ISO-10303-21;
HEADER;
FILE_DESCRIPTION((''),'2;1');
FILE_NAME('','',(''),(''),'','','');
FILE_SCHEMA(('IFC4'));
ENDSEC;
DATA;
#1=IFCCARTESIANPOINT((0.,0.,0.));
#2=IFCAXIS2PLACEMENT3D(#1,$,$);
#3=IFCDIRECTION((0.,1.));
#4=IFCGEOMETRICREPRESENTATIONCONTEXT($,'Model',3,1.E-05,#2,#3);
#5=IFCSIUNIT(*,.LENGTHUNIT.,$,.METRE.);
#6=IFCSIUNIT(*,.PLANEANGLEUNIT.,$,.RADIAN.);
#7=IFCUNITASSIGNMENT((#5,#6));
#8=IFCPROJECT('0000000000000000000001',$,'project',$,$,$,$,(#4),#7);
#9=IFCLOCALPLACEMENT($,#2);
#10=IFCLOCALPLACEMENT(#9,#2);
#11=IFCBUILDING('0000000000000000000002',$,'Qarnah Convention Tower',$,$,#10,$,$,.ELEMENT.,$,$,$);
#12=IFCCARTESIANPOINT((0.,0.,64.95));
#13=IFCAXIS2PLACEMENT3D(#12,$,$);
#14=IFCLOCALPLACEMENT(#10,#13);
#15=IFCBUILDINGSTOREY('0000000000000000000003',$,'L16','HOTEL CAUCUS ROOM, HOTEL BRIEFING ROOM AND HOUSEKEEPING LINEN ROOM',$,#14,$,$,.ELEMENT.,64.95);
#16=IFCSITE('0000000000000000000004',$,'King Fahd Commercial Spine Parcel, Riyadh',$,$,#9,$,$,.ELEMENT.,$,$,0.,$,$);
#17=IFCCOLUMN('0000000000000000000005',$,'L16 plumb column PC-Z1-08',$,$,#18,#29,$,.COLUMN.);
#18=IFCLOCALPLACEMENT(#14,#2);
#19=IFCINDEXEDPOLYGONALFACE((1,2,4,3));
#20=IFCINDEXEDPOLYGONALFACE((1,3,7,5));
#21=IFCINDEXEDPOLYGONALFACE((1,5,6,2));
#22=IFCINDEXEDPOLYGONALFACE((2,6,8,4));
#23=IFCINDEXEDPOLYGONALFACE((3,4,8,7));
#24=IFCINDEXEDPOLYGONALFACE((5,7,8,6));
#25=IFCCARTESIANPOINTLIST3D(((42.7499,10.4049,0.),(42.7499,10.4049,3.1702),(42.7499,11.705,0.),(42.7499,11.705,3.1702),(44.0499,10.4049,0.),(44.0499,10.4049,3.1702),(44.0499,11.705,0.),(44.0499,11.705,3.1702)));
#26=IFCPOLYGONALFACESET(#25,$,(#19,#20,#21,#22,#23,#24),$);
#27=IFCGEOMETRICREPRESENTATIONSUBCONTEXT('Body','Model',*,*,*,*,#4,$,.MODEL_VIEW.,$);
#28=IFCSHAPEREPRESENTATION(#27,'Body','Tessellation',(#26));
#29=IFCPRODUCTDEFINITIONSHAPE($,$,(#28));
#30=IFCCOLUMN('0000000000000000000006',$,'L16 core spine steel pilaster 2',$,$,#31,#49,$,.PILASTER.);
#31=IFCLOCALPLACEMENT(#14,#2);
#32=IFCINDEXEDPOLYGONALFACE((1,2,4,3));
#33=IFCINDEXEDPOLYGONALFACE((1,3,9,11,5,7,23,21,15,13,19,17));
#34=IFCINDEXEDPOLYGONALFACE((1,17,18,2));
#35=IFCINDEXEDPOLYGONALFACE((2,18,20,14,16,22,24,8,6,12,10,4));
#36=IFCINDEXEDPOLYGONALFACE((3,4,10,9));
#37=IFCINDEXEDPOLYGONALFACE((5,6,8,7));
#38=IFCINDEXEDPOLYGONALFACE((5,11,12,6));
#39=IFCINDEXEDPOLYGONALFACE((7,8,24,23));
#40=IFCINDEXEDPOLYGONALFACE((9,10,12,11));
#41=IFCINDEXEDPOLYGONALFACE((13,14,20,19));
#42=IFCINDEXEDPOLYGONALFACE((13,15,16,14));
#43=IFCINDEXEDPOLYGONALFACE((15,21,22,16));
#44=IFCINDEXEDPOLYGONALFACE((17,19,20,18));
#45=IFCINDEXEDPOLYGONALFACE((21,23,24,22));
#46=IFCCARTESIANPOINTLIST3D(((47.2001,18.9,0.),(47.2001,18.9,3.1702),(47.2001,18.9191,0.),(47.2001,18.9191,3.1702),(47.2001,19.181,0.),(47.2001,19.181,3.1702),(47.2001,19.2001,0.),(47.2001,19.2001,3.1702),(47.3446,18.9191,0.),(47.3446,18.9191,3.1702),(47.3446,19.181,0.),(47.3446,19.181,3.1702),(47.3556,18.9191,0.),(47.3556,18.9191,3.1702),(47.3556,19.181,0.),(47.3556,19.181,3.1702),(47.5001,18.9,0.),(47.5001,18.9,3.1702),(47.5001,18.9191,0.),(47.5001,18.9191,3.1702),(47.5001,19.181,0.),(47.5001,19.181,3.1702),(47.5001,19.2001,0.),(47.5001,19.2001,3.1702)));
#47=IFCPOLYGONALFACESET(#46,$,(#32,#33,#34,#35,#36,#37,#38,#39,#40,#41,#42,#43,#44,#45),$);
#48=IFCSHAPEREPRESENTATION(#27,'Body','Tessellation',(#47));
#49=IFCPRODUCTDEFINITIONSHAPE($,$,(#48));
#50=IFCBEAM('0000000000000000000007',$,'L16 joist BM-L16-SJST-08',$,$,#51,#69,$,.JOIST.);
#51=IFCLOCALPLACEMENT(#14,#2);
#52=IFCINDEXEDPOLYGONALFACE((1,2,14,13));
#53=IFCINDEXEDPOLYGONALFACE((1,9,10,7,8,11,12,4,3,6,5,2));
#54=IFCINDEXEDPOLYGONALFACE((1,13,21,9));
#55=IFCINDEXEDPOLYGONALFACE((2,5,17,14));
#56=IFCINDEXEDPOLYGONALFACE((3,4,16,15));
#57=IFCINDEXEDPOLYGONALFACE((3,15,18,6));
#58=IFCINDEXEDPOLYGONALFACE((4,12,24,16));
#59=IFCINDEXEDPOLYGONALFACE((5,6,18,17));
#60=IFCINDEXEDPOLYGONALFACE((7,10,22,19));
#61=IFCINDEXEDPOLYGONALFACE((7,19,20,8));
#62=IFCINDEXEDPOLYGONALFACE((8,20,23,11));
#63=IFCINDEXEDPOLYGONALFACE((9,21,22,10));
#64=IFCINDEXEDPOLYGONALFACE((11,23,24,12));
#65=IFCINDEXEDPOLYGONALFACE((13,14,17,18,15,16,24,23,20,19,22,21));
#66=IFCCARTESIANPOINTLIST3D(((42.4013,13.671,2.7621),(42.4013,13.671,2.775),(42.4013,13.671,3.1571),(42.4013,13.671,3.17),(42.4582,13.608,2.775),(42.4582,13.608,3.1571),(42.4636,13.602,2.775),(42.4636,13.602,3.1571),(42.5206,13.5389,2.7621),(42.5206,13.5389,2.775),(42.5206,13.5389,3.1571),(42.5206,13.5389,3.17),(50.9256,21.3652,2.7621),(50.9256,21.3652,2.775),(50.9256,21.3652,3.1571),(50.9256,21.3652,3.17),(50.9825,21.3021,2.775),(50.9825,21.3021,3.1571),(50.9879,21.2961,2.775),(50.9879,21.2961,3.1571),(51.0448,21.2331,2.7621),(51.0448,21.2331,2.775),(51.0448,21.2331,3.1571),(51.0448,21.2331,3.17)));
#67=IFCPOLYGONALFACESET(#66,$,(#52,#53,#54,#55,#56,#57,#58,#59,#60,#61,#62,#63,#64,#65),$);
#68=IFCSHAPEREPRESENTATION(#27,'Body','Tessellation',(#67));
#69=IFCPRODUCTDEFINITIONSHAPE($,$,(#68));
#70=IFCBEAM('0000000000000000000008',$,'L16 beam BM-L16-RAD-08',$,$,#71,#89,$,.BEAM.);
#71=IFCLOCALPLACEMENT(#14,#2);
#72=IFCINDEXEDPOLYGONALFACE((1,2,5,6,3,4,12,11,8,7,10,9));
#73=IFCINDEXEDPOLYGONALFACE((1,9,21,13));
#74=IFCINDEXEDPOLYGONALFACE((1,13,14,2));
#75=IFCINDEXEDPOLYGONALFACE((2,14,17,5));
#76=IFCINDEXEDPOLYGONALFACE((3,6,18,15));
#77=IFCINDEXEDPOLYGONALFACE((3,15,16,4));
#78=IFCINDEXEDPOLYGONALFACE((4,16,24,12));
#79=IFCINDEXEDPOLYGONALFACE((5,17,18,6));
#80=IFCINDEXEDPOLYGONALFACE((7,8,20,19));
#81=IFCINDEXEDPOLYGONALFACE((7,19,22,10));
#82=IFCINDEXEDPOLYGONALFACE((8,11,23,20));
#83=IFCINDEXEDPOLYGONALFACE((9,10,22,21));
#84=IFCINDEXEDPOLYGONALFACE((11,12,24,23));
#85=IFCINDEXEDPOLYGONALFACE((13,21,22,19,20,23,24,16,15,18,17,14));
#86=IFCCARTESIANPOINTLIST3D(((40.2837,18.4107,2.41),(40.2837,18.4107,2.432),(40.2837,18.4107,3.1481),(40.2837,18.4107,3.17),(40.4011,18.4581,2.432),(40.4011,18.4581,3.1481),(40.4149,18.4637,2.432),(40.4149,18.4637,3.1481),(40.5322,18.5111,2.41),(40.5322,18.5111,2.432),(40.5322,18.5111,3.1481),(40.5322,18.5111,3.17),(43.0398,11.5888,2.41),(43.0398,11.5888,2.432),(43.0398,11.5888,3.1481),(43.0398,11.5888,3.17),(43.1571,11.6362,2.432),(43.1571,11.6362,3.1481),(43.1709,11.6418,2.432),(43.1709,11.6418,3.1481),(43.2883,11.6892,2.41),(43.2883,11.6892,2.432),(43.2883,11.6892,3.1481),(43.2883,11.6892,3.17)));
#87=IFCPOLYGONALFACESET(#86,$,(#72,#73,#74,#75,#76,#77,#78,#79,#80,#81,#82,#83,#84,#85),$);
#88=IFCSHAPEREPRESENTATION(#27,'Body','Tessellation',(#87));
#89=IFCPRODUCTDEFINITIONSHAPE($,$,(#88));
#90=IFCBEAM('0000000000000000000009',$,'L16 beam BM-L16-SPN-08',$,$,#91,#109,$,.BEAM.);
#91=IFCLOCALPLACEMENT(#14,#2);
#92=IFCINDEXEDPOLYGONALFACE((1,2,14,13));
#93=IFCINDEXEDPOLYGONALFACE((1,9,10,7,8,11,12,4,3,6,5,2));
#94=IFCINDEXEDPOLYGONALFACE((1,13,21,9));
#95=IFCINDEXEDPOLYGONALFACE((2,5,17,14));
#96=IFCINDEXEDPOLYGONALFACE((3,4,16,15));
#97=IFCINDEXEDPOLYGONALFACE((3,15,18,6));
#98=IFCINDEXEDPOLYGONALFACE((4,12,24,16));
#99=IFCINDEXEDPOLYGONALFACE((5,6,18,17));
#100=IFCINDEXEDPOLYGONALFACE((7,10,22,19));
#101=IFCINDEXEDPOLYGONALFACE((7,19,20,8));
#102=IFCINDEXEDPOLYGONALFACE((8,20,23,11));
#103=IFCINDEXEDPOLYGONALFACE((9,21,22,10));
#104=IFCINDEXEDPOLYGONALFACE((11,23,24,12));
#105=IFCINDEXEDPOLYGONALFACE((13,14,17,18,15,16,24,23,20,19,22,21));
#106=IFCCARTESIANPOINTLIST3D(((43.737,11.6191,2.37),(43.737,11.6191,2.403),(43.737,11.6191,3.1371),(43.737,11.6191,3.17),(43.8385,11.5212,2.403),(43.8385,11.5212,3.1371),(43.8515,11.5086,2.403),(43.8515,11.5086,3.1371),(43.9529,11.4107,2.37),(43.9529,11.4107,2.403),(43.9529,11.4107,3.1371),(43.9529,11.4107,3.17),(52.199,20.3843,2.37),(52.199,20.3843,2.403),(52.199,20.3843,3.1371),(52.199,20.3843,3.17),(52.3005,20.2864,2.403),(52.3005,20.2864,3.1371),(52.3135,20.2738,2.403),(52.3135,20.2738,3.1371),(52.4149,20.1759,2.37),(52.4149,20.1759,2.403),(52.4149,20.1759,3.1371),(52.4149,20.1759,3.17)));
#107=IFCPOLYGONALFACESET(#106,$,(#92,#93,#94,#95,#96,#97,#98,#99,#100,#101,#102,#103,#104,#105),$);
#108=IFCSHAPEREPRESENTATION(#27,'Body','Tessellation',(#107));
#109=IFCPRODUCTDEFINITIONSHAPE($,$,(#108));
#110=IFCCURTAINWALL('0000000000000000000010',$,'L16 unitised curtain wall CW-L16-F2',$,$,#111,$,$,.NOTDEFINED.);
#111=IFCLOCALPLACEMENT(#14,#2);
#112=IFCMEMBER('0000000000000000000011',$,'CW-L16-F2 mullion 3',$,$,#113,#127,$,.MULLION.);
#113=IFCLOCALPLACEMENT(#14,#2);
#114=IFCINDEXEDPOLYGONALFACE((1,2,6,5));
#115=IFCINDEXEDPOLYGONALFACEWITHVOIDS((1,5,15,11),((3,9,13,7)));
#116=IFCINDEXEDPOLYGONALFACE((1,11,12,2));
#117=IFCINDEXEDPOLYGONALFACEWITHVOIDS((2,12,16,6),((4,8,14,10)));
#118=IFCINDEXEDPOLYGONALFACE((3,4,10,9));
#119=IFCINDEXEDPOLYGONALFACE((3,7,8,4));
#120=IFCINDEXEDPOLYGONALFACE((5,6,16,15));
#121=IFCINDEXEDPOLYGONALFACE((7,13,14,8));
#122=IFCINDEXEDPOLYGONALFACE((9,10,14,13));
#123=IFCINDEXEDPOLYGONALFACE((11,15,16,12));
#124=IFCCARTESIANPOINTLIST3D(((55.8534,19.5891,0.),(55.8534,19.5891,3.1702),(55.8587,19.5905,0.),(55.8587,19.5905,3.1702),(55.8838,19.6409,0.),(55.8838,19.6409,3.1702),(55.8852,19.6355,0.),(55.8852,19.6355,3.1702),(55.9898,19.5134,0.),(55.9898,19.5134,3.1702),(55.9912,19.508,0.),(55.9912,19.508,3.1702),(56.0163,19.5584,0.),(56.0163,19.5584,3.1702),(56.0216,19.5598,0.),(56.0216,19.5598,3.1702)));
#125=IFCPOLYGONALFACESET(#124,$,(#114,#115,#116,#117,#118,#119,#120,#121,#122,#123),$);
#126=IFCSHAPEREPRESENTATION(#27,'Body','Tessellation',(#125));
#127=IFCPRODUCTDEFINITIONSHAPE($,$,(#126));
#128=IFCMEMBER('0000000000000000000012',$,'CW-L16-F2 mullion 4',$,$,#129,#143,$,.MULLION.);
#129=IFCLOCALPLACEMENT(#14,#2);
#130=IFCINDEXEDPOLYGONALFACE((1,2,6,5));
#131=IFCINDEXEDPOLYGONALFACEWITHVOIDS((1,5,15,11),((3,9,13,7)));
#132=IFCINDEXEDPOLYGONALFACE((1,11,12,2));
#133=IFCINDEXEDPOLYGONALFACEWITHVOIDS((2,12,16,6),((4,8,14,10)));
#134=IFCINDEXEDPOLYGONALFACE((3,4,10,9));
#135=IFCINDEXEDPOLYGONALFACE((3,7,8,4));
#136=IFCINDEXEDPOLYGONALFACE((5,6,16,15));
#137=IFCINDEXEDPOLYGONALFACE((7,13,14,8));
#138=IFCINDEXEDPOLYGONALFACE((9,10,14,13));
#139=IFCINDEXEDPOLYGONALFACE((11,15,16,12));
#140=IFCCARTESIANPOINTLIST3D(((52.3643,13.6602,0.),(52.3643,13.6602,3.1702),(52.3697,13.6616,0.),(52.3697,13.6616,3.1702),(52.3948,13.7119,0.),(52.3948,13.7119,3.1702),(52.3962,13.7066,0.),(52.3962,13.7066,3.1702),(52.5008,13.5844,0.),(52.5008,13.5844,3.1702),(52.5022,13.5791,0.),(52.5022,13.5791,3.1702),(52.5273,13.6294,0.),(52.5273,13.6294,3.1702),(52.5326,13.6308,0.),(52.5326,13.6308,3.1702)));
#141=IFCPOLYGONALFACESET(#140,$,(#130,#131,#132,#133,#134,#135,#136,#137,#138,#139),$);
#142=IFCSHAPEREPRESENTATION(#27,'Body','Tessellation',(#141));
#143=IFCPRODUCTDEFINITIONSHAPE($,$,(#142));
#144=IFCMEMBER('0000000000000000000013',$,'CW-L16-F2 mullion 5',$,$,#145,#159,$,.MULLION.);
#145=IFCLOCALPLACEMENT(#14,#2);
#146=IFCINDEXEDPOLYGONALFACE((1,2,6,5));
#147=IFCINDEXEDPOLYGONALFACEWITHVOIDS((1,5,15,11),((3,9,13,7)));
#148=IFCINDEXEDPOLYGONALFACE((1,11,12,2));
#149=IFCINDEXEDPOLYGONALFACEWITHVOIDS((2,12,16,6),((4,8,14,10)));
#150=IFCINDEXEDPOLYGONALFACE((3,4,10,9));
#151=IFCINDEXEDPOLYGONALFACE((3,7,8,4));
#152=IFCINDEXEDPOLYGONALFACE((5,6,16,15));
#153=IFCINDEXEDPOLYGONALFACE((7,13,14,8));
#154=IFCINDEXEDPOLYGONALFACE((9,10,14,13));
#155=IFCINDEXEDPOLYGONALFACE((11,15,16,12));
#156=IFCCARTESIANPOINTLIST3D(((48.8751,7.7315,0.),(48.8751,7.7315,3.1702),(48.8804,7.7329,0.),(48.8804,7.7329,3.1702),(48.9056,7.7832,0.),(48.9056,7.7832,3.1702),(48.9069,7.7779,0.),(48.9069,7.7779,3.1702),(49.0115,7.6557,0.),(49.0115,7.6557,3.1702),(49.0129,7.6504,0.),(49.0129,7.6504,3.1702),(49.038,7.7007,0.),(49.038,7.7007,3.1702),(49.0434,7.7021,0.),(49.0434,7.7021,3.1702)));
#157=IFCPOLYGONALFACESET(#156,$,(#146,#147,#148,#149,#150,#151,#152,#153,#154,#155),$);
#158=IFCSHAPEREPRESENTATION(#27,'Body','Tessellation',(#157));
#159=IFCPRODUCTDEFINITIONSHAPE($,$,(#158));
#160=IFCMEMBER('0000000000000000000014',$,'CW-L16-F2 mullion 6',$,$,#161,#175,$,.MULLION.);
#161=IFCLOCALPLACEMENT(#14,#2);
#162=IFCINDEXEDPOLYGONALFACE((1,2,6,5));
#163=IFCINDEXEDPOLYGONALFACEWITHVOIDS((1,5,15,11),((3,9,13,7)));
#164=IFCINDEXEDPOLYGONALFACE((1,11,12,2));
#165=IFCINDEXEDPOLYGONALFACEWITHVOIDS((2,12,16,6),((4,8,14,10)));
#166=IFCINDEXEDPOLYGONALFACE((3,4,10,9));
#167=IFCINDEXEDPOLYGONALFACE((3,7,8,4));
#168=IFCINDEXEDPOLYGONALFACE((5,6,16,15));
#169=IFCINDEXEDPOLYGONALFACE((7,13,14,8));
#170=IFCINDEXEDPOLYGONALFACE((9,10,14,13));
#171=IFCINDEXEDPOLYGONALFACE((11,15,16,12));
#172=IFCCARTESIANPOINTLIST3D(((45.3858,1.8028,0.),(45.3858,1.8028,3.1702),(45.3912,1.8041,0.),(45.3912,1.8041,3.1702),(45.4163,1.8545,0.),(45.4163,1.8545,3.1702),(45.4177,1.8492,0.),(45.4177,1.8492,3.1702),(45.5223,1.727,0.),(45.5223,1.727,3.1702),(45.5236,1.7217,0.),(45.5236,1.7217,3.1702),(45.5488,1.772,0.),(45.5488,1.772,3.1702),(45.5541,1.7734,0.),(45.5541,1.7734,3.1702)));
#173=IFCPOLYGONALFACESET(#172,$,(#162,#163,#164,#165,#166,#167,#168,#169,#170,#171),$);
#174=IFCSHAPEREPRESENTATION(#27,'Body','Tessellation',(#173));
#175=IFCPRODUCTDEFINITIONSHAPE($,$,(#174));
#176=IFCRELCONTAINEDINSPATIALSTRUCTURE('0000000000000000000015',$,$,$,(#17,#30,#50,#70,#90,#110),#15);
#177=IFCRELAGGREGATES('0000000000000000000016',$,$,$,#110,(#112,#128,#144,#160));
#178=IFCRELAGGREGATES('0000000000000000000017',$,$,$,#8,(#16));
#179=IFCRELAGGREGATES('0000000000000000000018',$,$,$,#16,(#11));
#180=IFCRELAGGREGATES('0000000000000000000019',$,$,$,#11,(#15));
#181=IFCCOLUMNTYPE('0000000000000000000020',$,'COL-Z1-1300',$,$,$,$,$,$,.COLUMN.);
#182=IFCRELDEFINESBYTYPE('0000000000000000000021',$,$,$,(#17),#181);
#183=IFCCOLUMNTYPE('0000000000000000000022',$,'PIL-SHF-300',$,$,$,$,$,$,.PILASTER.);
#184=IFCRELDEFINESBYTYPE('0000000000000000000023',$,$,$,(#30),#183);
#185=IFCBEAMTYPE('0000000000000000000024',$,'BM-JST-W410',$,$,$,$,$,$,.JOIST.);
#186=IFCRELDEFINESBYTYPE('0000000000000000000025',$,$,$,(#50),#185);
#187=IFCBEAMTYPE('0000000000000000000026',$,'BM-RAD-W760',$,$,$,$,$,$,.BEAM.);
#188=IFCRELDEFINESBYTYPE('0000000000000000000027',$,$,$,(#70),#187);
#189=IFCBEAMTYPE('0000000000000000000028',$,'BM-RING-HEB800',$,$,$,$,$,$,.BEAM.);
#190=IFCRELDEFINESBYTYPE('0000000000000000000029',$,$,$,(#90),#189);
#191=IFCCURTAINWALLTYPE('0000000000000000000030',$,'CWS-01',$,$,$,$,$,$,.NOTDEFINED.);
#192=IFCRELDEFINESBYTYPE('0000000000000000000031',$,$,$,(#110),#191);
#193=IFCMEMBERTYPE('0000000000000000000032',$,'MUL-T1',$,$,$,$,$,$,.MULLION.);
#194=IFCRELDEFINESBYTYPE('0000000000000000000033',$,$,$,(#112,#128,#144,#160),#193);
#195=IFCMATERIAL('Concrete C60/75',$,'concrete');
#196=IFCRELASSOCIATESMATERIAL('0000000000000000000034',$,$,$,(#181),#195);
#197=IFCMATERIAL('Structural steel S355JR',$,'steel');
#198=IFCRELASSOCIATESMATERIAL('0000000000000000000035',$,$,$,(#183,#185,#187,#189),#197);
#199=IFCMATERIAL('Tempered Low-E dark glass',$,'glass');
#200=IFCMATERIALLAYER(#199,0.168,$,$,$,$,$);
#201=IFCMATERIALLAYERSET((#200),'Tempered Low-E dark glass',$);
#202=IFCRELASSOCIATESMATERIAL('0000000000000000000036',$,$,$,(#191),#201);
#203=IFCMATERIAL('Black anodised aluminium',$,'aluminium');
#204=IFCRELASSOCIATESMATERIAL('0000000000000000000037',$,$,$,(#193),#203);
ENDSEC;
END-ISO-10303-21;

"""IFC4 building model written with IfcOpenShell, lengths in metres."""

from ifc_helpers import new_model, si_unit, direction, frame, origin, origin_2d, place, context, subcontext, project, spatial, rectangle, hollow_rectangle, i_section, extrude, material, layer, layer_set, material_profile, profile_set, type_object, element, aggregate, save


model = new_model("IFC4")

# Units and contexts
model_context = context("Model", 3, precision=1e-05, world=origin(), true_north=direction((0.0, 1.0)))
body_context = subcontext(model_context, "Body", "Model", "MODEL_VIEW")
ifc_project = project(units=[si_unit("LENGTHUNIT", "METRE"), si_unit("PLANEANGLEUNIT", "RADIAN")], contexts=[model_context])

# Site, building, storey
site_placement = place(None, origin())
site = spatial("IfcSite", under=ifc_project, at=site_placement, Name="King Fahd Commercial Spine Parcel, Riyadh", CompositionType="ELEMENT", RefElevation=0.0)
building_placement = place(site_placement, origin())
building = spatial("IfcBuilding", under=site, at=building_placement, Name="Qarnah Convention Tower", CompositionType="ELEMENT")
storey_placement = place(building_placement, frame((0.0, 0.0, 64.95)))
storey = spatial("IfcBuildingStorey", under=building, at=storey_placement, Name="L16", Description="HOTEL CAUCUS ROOM, HOTEL BRIEFING ROOM AND HOUSEKEEPING LINEN ROOM", CompositionType="ELEMENT", Elevation=64.95)

# Columns
ifc_material_1 = material(Name="Concrete C60/75", Category="concrete")
ifc_material_profile_1 = material_profile(ifc_material_1, rectangle(XDim=1.3, YDim=1.3, at=origin_2d()), Name="RC-COL-1300X1300")
ifc_profile_set_1 = profile_set([ifc_material_profile_1], Name="Concrete C60/75")
column_type_1 = type_object("IfcColumnType", Name="COL-Z1-1300", PredefinedType="COLUMN", material=ifc_profile_set_1)
column_1_placement = place(storey_placement, frame((43.3999, 11.0549, 0.0), z_axis=(0.0, 0.0, 1.0), x_axis=(1.0, 0.0, 0.0)))
element("IfcColumn", 1, at=column_1_placement, inside=storey, type_object=column_type_1, Name="L16 plumb column PC-Z1-08", PredefinedType="COLUMN", context=body_context, shape_type="SweptSolid", body=[
    extrude(rectangle(XDim=1.3, YDim=1.3, at=origin_2d()), origin(), (0.0, 0.0, 1.0), 3.1702),
])
ifc_material_2 = material(Name="Structural steel S355JR", Category="steel")
ifc_material_profile_2 = material_profile(ifc_material_2, i_section(OverallWidth=0.3, OverallDepth=0.3, WebThickness=0.011, FlangeThickness=0.019, at=origin_2d()), Name="HEB300")
ifc_profile_set_2 = profile_set([ifc_material_profile_2], Name="Structural steel S355JR")
column_type_2 = type_object("IfcColumnType", Name="PIL-SHF-300", PredefinedType="PILASTER", material=ifc_profile_set_2)
column_2_placement = place(storey_placement, frame((47.3501, 19.05, 0.0), z_axis=(0.0, 0.0, 1.0), x_axis=(1.0, 0.0, 0.0)))
element("IfcColumn", 2, at=column_2_placement, inside=storey, type_object=column_type_2, Name="L16 core spine steel pilaster 2", PredefinedType="PILASTER", context=body_context, shape_type="SweptSolid", body=[
    extrude(i_section(OverallWidth=0.3, OverallDepth=0.3, WebThickness=0.011, FlangeThickness=0.019, at=origin_2d()), origin(), (0.0, 0.0, 1.0), 3.1702),
])

# Beams
ifc_material_profile_3 = material_profile(ifc_material_2, i_section(OverallWidth=0.178, OverallDepth=0.408, WebThickness=0.0081, FlangeThickness=0.0129, at=origin_2d()), Name="W410X60")
ifc_profile_set_3 = profile_set([ifc_material_profile_3], Name="Structural steel S355JR")
beam_type_1 = type_object("IfcBeamType", Name="BM-JST-W410", PredefinedType="JOIST", material=ifc_profile_set_3)
beam_1_placement = place(storey_placement, frame((42.4609, 13.605, 2.9661), z_axis=(0.742326, 0.670039, 0.0), x_axis=(-0.670039, 0.742326, 0.0)))
element("IfcBeam", 3, at=beam_1_placement, inside=storey, type_object=beam_type_1, Name="L16 joist BM-L16-SJST-08", PredefinedType="JOIST", context=body_context, shape_type="SweptSolid", body=[
    extrude(i_section(OverallWidth=0.178, OverallDepth=0.408, WebThickness=0.0081, FlangeThickness=0.0129, at=origin_2d()), origin(), (0.0, 0.0, 1.0), 11.4832),
])
ifc_material_profile_4 = material_profile(ifc_material_2, i_section(OverallWidth=0.2681, OverallDepth=0.76, WebThickness=0.0149, FlangeThickness=0.022, at=origin_2d()), Name="W760X185")
ifc_profile_set_4 = profile_set([ifc_material_profile_4], Name="Structural steel S355JR")
beam_type_2 = type_object("IfcBeamType", Name="BM-RAD-W760", PredefinedType="BEAM", material=ifc_profile_set_4)
beam_2_placement = place(storey_placement, frame((40.408, 18.4609, 2.79), z_axis=(0.374586, -0.927192, 0.0), x_axis=(0.927192, 0.374586, 0.0)))
element("IfcBeam", 4, at=beam_2_placement, inside=storey, type_object=beam_type_2, Name="L16 beam BM-L16-RAD-08", PredefinedType="BEAM", context=body_context, shape_type="SweptSolid", body=[
    extrude(i_section(OverallWidth=0.2681, OverallDepth=0.76, WebThickness=0.0149, FlangeThickness=0.022, at=origin_2d()), origin(), (0.0, 0.0, 1.0), 7.3577),
])
ifc_material_profile_5 = material_profile(ifc_material_2, i_section(OverallWidth=0.3, OverallDepth=0.8, WebThickness=0.0181, FlangeThickness=0.033, at=origin_2d()), Name="HEB800")
ifc_profile_set_5 = profile_set([ifc_material_profile_5], Name="Structural steel S355JR")
beam_type_3 = type_object("IfcBeamType", Name="BM-RING-HEB800", PredefinedType="BEAM", material=ifc_profile_set_5)
beam_3_placement = place(storey_placement, frame((43.845, 11.5149, 2.77), z_axis=(0.694553, 0.719442, 0.0), x_axis=(-0.719442, 0.694553, 0.0)))
element("IfcBeam", 5, at=beam_3_placement, inside=storey, type_object=beam_type_3, Name="L16 beam BM-L16-SPN-08", PredefinedType="BEAM", context=body_context, shape_type="SweptSolid", body=[
    extrude(i_section(OverallWidth=0.3, OverallDepth=0.8, WebThickness=0.0181, FlangeThickness=0.033, at=origin_2d()), origin(), (0.0, 0.0, 1.0), 12.1833),
])

# Curtain wall, members
ifc_material_3 = material(Name="Tempered Low-E dark glass", Category="glass")
ifc_layer_1 = layer(ifc_material_3, 0.168)
ifc_layer_set_1 = layer_set([ifc_layer_1], Name="Tempered Low-E dark glass")
curtain_wall_type = type_object("IfcCurtainWallType", Name="CWS-01", PredefinedType="NOTDEFINED", material=ifc_layer_set_1)
curtain_wall_1_placement = place(storey_placement, origin())
curtain_wall_1 = element("IfcCurtainWall", 6, at=curtain_wall_1_placement, inside=storey, type_object=curtain_wall_type, Name="L16 unitised curtain wall CW-L16-F2", PredefinedType="NOTDEFINED")
ifc_material_4 = material(Name="Black anodised aluminium", Category="aluminium")
ifc_material_profile_6 = material_profile(ifc_material_4, hollow_rectangle(XDim=0.0601, YDim=0.1599, WallThickness=0.0039, at=origin_2d()), Name="MUL-60X160")
ifc_profile_set_6 = profile_set([ifc_material_profile_6], Name="Black anodised aluminium")
member_type_1 = type_object("IfcMemberType", Name="MUL-T1", PredefinedType="MULLION", material=ifc_profile_set_6)
member_1_placement = place(storey_placement, frame((55.9375, 19.5745, 0.0), z_axis=(0.0, 0.0, 1.0), x_axis=(-0.507201, -0.861828, 0.0)))
member_1 = element("IfcMember", 7, at=member_1_placement, type_object=member_type_1, Name="CW-L16-F2 mullion 3", PredefinedType="MULLION", context=body_context, shape_type="SweptSolid", body=[
    extrude(hollow_rectangle(XDim=0.0601, YDim=0.1599, WallThickness=0.0039, at=origin_2d()), origin(), (0.0, 0.0, 1.0), 3.1702),
])
member_2_placement = place(storey_placement, frame((52.4485, 13.6455, 0.0), z_axis=(0.0, 0.0, 1.0), x_axis=(-0.507201, -0.861828, 0.0)))
member_2 = element("IfcMember", 8, at=member_2_placement, type_object=member_type_1, Name="CW-L16-F2 mullion 4", PredefinedType="MULLION", context=body_context, shape_type="SweptSolid", body=[
    extrude(hollow_rectangle(XDim=0.0601, YDim=0.1599, WallThickness=0.0039, at=origin_2d()), origin(), (0.0, 0.0, 1.0), 3.1702),
])
member_3_placement = place(storey_placement, frame((48.9592, 7.7168, 0.0), z_axis=(0.0, 0.0, 1.0), x_axis=(-0.507201, -0.861828, 0.0)))
member_3 = element("IfcMember", 9, at=member_3_placement, type_object=member_type_1, Name="CW-L16-F2 mullion 5", PredefinedType="MULLION", context=body_context, shape_type="SweptSolid", body=[
    extrude(hollow_rectangle(XDim=0.0601, YDim=0.1599, WallThickness=0.0039, at=origin_2d()), origin(), (0.0, 0.0, 1.0), 3.1702),
])
member_4_placement = place(storey_placement, frame((45.47, 1.7881, 0.0), z_axis=(0.0, 0.0, 1.0), x_axis=(-0.507201, -0.861828, 0.0)))
member_4 = element("IfcMember", 10, at=member_4_placement, type_object=member_type_1, Name="CW-L16-F2 mullion 6", PredefinedType="MULLION", context=body_context, shape_type="SweptSolid", body=[
    extrude(hollow_rectangle(XDim=0.0601, YDim=0.1599, WallThickness=0.0039, at=origin_2d()), origin(), (0.0, 0.0, 1.0), 3.1702),
])

aggregate(curtain_wall_1, [member_1, member_2, member_3, member_4])

save(model, "model.ifc")
